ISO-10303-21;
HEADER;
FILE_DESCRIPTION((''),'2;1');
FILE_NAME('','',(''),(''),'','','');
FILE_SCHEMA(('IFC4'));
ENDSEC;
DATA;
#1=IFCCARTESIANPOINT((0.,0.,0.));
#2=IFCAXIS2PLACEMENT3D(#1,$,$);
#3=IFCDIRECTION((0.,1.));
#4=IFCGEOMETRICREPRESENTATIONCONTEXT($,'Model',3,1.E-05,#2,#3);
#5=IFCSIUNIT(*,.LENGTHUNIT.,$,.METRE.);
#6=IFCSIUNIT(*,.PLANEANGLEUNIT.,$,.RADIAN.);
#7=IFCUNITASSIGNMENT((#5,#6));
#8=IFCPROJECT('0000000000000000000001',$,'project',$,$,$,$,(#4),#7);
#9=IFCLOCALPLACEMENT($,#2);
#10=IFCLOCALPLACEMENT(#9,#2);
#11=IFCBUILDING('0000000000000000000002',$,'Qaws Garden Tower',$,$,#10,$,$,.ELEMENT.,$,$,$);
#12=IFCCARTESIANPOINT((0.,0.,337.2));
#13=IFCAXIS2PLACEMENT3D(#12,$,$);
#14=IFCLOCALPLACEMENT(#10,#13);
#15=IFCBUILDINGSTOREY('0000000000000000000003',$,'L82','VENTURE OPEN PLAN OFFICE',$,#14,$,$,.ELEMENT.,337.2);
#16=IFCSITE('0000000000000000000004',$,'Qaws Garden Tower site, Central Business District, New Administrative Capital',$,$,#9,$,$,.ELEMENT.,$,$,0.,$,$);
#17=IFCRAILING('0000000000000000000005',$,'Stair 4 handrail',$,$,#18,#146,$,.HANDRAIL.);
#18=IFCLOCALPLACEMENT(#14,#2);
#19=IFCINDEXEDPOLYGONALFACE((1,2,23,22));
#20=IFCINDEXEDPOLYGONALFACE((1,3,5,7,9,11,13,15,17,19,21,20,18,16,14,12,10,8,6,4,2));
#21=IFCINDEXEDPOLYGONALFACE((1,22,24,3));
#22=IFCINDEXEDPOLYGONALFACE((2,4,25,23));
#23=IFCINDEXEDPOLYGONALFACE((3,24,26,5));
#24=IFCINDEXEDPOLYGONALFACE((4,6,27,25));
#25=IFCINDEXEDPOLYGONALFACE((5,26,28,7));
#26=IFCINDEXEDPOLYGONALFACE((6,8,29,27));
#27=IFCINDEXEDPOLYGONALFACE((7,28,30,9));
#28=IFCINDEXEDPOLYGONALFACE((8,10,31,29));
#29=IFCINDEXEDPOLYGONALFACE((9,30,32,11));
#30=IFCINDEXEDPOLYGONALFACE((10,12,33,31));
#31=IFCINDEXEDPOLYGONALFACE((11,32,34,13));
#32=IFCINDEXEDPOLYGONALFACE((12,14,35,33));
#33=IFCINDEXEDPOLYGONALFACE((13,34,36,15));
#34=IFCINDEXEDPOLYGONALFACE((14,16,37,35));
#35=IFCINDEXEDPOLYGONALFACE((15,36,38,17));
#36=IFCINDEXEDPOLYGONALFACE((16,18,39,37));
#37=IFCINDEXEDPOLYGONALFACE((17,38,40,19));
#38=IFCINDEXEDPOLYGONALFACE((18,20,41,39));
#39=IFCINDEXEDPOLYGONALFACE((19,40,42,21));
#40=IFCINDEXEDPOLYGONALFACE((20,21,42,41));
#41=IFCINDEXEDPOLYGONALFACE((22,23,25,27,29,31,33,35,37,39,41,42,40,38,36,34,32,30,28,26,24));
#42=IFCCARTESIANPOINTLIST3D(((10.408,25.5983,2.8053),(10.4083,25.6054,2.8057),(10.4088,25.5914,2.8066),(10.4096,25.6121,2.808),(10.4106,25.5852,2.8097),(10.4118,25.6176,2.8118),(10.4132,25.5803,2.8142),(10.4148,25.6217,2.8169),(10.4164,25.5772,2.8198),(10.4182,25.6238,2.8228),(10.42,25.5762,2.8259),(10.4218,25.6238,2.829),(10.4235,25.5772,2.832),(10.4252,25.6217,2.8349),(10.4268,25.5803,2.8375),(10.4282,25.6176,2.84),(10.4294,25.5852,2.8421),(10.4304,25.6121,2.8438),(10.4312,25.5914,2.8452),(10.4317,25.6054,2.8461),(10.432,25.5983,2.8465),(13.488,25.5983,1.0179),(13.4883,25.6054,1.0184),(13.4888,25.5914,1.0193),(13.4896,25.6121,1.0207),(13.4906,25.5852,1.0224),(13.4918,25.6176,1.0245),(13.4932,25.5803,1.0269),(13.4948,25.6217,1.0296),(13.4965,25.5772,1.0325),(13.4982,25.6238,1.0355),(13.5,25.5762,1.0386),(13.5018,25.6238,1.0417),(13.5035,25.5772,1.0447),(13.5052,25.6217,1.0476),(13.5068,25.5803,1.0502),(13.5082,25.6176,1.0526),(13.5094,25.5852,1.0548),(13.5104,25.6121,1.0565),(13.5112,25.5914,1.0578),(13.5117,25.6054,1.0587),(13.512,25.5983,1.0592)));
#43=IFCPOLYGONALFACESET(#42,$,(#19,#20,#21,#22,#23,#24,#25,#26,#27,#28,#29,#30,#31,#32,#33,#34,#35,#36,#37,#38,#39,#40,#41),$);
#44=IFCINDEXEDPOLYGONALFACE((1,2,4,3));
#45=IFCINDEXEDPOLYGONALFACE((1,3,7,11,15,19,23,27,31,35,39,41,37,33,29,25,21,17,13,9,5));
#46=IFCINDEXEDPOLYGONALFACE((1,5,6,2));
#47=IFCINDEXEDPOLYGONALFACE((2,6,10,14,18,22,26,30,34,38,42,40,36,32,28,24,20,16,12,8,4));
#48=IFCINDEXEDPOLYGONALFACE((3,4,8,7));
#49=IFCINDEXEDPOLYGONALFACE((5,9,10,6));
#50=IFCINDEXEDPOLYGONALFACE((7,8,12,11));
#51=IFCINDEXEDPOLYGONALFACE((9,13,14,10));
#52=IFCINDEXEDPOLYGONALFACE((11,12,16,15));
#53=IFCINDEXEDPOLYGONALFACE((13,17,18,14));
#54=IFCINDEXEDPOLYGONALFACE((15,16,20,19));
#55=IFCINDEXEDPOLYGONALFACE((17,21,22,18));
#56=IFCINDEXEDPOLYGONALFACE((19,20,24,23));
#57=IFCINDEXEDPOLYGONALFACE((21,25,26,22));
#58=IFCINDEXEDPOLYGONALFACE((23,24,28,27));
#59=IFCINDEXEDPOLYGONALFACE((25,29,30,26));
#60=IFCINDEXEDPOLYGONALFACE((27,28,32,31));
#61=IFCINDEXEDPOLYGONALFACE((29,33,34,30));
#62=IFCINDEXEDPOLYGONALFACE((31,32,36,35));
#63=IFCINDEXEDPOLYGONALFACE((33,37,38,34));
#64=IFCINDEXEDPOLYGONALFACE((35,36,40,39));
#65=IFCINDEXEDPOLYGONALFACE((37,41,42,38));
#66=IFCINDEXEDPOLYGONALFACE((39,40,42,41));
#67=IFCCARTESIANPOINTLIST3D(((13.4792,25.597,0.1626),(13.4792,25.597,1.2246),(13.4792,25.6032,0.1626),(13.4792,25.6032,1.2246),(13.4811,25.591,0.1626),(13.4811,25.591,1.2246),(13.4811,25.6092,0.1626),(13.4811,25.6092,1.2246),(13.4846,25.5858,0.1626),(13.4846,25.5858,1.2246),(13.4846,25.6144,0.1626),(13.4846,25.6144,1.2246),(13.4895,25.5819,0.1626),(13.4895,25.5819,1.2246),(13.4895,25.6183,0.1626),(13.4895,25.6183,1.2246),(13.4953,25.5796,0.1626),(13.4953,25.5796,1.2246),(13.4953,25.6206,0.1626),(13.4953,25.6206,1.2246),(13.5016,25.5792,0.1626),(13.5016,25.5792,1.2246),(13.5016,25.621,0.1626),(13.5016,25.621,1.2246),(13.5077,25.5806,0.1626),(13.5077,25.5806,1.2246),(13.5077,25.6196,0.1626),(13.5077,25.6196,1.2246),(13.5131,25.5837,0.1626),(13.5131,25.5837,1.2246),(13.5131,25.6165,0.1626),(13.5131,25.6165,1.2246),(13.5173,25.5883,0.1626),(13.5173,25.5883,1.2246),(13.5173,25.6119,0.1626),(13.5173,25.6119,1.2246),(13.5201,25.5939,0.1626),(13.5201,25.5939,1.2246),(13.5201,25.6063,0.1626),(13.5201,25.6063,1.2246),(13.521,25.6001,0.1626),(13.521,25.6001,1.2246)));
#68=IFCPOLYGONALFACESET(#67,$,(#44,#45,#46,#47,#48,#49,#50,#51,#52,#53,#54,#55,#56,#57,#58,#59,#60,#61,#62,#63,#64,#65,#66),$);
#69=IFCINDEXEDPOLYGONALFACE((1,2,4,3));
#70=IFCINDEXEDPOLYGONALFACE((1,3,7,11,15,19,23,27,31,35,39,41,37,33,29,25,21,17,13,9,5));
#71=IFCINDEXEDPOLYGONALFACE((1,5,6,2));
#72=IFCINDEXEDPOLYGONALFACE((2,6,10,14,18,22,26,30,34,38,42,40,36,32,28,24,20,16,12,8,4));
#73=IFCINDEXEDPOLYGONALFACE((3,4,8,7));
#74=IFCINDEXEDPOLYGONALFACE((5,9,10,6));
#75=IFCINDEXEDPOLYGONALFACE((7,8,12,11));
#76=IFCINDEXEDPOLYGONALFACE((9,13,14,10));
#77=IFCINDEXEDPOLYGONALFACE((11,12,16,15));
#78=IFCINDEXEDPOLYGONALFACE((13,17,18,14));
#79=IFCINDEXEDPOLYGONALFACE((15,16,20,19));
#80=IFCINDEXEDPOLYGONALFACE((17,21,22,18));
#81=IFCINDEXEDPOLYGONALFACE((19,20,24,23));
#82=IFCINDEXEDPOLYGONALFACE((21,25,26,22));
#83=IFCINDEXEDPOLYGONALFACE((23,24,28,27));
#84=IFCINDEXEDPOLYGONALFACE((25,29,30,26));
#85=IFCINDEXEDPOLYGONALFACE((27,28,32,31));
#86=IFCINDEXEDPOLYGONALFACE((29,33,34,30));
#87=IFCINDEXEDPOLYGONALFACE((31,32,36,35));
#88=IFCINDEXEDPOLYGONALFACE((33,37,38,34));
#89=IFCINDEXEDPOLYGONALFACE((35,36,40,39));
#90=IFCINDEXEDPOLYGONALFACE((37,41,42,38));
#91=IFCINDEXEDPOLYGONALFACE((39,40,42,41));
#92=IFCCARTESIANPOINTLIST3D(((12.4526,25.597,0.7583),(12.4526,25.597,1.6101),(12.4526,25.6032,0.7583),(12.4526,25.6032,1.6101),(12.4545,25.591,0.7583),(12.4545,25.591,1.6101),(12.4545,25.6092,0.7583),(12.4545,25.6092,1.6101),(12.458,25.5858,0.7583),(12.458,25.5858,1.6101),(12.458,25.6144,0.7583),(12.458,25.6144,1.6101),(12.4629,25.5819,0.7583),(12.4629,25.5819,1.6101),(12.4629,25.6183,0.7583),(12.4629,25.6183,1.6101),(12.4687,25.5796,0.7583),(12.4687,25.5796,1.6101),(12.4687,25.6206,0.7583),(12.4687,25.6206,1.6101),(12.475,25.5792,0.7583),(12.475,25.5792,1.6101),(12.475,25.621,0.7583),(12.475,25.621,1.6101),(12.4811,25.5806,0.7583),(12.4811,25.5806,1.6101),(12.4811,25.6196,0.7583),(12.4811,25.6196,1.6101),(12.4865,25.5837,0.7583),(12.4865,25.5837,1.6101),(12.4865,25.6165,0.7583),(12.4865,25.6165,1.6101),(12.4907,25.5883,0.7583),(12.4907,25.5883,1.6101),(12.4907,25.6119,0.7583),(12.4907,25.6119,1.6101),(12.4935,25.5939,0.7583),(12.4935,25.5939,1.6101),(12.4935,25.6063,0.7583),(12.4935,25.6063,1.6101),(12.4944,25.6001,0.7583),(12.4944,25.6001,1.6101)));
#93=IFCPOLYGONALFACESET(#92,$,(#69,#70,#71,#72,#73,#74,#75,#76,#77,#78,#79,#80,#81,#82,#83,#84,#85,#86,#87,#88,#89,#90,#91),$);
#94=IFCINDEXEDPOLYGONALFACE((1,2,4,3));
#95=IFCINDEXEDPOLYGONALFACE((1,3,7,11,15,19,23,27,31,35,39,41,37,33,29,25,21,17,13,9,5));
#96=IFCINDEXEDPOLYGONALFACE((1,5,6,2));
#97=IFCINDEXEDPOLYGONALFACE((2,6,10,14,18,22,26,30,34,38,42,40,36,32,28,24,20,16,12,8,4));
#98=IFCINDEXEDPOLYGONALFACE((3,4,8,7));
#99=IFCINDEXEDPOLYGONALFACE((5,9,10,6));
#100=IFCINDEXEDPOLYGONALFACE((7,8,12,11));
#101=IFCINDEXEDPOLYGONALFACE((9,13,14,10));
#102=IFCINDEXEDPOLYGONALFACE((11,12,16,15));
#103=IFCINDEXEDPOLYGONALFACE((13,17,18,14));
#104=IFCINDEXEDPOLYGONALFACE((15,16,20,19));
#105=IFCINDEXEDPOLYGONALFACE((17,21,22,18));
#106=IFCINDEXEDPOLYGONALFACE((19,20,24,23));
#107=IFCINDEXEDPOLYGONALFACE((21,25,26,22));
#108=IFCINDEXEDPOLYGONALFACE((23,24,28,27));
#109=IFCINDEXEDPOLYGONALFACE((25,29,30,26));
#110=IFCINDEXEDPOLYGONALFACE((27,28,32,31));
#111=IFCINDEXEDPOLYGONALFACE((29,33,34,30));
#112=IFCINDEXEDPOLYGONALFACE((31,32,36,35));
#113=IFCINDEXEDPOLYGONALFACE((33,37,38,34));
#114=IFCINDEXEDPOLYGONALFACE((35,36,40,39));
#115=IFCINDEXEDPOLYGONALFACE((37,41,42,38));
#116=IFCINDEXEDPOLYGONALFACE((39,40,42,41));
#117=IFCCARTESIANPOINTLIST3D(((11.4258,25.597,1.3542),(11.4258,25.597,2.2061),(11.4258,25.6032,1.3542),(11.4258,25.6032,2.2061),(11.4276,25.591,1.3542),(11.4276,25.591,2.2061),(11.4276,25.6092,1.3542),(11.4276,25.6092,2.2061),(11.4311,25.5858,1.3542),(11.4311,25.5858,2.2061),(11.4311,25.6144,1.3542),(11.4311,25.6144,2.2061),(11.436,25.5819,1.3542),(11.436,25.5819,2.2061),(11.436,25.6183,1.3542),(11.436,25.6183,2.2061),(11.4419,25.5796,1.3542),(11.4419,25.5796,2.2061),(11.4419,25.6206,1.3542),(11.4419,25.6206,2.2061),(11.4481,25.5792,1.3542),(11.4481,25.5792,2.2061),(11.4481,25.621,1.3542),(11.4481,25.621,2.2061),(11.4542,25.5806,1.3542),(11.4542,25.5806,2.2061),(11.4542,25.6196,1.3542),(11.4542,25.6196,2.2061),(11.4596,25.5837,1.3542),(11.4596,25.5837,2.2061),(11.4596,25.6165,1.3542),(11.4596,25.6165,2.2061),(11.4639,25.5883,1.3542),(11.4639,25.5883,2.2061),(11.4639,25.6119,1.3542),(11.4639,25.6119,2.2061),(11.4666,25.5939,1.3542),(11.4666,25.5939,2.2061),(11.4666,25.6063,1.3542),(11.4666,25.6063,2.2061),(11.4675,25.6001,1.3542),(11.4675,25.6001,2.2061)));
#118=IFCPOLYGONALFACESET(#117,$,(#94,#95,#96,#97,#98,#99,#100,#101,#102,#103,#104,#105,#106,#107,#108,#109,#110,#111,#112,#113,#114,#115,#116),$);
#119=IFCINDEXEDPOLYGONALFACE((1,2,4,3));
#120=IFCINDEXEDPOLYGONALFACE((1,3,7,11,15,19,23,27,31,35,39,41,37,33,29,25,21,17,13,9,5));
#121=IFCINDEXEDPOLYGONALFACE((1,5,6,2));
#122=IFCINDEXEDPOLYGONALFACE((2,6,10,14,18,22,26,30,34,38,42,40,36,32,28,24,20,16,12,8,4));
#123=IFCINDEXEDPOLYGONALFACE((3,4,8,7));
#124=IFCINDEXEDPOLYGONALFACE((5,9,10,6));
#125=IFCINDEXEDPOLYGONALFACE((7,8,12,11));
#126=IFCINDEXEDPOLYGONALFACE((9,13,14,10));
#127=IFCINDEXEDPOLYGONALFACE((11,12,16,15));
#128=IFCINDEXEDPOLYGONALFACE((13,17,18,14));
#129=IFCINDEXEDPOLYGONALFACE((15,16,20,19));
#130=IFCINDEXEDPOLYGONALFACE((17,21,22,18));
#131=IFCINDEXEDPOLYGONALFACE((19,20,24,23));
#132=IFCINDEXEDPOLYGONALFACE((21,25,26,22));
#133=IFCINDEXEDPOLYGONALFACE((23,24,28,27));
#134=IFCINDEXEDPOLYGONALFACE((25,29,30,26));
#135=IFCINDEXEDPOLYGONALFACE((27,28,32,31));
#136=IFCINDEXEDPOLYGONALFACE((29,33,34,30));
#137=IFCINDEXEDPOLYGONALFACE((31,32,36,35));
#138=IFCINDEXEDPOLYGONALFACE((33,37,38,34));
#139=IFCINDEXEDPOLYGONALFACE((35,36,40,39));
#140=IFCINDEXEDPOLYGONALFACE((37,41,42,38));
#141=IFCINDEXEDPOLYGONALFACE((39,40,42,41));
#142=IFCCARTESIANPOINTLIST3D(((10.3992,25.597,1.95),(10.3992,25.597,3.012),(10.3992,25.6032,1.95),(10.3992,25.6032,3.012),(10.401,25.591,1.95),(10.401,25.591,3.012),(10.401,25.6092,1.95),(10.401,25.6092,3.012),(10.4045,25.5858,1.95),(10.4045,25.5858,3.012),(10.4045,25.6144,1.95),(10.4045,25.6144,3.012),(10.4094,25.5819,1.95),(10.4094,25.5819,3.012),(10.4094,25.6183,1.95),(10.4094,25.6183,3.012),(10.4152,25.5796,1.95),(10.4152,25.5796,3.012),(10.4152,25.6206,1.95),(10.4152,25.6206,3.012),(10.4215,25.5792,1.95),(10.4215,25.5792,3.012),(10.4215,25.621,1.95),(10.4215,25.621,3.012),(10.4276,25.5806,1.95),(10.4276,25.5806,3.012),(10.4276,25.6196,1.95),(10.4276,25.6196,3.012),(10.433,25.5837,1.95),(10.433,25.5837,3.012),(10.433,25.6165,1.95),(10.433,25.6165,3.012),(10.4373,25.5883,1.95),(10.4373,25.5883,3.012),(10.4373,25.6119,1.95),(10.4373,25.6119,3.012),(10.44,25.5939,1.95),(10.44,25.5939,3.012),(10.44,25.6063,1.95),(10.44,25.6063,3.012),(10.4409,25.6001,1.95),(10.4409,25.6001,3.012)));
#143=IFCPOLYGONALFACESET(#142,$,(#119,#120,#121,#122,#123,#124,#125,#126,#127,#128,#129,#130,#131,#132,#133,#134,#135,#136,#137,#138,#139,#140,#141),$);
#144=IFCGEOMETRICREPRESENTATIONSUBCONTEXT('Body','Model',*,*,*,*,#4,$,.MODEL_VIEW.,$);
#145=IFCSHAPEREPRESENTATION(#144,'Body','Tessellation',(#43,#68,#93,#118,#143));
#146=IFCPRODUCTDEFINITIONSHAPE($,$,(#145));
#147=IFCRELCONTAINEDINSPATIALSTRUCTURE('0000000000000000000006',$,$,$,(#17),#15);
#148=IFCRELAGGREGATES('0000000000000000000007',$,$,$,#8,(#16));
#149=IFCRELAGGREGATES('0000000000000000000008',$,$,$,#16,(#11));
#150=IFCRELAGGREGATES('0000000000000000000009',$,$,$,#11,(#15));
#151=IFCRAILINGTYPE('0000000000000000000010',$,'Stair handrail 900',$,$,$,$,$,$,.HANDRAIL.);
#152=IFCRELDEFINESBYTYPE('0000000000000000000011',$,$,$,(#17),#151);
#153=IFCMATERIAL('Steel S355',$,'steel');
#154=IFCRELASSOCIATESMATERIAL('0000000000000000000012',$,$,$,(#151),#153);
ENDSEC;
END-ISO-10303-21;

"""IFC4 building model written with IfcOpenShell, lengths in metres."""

from ifc_helpers import new_model, si_unit, direction, frame, origin, origin_2d, place, context, subcontext, project, spatial, circle, extrude, material, type_object, element, save


model = new_model("IFC4")

# Units and contexts
model_context = context("Model", 3, precision=1e-05, world=origin(), true_north=direction((0.0, 1.0)))
body_context = subcontext(model_context, "Body", "Model", "MODEL_VIEW")
ifc_project = project(units=[si_unit("LENGTHUNIT", "METRE"), si_unit("PLANEANGLEUNIT", "RADIAN")], contexts=[model_context])

# Site, building, storey
site_placement = place(None, origin())
site = spatial("IfcSite", under=ifc_project, at=site_placement, Name="Qaws Garden Tower site, Central Business District, New Administrative Capital", CompositionType="ELEMENT", RefElevation=0.0)
building_placement = place(site_placement, origin())
building = spatial("IfcBuilding", under=site, at=building_placement, Name="Qaws Garden Tower", CompositionType="ELEMENT")
storey_placement = place(building_placement, frame((0.0, 0.0, 337.2)))
storey = spatial("IfcBuildingStorey", under=building, at=storey_placement, Name="L82", Description="VENTURE OPEN PLAN OFFICE", CompositionType="ELEMENT", Elevation=337.2)

# Railing
ifc_material_1 = material(Name="Steel S355", Category="steel")
railing_type = type_object("IfcRailingType", Name="Stair handrail 900", PredefinedType="HANDRAIL", material=ifc_material_1)
railing_1_placement = place(storey_placement, frame((13.5, 25.6001, 0.1626)))
element("IfcRailing", 1, at=railing_1_placement, inside=storey, type_object=railing_type, Name="Stair 4 handrail", PredefinedType="HANDRAIL", context=body_context, shape_type="SweptSolid", body=[
    extrude(circle(Radius=0.0239, at=origin_2d()), frame((0.0, 0.0, 0.876), z_axis=(-0.86492, 0.0, 0.501909), x_axis=(0.0, -1.0, 0.0)), (0.0, 0.0, 1.0), 3.561),
    extrude(circle(Radius=0.021, at=origin_2d()), origin(), (0.0, 0.0, 1.0), 1.062),
    extrude(circle(Radius=0.021, at=origin_2d()), frame((-1.0266, 0.0, 0.5957)), (0.0, 0.0, 1.0), 0.8518),
    extrude(circle(Radius=0.021, at=origin_2d()), frame((-2.0535, 0.0, 1.1917)), (0.0, 0.0, 1.0), 0.8518),
    extrude(circle(Radius=0.021, at=origin_2d()), frame((-3.0801, 0.0, 1.7874)), (0.0, 0.0, 1.0), 1.062),
])

save(model, "model.ifc")
